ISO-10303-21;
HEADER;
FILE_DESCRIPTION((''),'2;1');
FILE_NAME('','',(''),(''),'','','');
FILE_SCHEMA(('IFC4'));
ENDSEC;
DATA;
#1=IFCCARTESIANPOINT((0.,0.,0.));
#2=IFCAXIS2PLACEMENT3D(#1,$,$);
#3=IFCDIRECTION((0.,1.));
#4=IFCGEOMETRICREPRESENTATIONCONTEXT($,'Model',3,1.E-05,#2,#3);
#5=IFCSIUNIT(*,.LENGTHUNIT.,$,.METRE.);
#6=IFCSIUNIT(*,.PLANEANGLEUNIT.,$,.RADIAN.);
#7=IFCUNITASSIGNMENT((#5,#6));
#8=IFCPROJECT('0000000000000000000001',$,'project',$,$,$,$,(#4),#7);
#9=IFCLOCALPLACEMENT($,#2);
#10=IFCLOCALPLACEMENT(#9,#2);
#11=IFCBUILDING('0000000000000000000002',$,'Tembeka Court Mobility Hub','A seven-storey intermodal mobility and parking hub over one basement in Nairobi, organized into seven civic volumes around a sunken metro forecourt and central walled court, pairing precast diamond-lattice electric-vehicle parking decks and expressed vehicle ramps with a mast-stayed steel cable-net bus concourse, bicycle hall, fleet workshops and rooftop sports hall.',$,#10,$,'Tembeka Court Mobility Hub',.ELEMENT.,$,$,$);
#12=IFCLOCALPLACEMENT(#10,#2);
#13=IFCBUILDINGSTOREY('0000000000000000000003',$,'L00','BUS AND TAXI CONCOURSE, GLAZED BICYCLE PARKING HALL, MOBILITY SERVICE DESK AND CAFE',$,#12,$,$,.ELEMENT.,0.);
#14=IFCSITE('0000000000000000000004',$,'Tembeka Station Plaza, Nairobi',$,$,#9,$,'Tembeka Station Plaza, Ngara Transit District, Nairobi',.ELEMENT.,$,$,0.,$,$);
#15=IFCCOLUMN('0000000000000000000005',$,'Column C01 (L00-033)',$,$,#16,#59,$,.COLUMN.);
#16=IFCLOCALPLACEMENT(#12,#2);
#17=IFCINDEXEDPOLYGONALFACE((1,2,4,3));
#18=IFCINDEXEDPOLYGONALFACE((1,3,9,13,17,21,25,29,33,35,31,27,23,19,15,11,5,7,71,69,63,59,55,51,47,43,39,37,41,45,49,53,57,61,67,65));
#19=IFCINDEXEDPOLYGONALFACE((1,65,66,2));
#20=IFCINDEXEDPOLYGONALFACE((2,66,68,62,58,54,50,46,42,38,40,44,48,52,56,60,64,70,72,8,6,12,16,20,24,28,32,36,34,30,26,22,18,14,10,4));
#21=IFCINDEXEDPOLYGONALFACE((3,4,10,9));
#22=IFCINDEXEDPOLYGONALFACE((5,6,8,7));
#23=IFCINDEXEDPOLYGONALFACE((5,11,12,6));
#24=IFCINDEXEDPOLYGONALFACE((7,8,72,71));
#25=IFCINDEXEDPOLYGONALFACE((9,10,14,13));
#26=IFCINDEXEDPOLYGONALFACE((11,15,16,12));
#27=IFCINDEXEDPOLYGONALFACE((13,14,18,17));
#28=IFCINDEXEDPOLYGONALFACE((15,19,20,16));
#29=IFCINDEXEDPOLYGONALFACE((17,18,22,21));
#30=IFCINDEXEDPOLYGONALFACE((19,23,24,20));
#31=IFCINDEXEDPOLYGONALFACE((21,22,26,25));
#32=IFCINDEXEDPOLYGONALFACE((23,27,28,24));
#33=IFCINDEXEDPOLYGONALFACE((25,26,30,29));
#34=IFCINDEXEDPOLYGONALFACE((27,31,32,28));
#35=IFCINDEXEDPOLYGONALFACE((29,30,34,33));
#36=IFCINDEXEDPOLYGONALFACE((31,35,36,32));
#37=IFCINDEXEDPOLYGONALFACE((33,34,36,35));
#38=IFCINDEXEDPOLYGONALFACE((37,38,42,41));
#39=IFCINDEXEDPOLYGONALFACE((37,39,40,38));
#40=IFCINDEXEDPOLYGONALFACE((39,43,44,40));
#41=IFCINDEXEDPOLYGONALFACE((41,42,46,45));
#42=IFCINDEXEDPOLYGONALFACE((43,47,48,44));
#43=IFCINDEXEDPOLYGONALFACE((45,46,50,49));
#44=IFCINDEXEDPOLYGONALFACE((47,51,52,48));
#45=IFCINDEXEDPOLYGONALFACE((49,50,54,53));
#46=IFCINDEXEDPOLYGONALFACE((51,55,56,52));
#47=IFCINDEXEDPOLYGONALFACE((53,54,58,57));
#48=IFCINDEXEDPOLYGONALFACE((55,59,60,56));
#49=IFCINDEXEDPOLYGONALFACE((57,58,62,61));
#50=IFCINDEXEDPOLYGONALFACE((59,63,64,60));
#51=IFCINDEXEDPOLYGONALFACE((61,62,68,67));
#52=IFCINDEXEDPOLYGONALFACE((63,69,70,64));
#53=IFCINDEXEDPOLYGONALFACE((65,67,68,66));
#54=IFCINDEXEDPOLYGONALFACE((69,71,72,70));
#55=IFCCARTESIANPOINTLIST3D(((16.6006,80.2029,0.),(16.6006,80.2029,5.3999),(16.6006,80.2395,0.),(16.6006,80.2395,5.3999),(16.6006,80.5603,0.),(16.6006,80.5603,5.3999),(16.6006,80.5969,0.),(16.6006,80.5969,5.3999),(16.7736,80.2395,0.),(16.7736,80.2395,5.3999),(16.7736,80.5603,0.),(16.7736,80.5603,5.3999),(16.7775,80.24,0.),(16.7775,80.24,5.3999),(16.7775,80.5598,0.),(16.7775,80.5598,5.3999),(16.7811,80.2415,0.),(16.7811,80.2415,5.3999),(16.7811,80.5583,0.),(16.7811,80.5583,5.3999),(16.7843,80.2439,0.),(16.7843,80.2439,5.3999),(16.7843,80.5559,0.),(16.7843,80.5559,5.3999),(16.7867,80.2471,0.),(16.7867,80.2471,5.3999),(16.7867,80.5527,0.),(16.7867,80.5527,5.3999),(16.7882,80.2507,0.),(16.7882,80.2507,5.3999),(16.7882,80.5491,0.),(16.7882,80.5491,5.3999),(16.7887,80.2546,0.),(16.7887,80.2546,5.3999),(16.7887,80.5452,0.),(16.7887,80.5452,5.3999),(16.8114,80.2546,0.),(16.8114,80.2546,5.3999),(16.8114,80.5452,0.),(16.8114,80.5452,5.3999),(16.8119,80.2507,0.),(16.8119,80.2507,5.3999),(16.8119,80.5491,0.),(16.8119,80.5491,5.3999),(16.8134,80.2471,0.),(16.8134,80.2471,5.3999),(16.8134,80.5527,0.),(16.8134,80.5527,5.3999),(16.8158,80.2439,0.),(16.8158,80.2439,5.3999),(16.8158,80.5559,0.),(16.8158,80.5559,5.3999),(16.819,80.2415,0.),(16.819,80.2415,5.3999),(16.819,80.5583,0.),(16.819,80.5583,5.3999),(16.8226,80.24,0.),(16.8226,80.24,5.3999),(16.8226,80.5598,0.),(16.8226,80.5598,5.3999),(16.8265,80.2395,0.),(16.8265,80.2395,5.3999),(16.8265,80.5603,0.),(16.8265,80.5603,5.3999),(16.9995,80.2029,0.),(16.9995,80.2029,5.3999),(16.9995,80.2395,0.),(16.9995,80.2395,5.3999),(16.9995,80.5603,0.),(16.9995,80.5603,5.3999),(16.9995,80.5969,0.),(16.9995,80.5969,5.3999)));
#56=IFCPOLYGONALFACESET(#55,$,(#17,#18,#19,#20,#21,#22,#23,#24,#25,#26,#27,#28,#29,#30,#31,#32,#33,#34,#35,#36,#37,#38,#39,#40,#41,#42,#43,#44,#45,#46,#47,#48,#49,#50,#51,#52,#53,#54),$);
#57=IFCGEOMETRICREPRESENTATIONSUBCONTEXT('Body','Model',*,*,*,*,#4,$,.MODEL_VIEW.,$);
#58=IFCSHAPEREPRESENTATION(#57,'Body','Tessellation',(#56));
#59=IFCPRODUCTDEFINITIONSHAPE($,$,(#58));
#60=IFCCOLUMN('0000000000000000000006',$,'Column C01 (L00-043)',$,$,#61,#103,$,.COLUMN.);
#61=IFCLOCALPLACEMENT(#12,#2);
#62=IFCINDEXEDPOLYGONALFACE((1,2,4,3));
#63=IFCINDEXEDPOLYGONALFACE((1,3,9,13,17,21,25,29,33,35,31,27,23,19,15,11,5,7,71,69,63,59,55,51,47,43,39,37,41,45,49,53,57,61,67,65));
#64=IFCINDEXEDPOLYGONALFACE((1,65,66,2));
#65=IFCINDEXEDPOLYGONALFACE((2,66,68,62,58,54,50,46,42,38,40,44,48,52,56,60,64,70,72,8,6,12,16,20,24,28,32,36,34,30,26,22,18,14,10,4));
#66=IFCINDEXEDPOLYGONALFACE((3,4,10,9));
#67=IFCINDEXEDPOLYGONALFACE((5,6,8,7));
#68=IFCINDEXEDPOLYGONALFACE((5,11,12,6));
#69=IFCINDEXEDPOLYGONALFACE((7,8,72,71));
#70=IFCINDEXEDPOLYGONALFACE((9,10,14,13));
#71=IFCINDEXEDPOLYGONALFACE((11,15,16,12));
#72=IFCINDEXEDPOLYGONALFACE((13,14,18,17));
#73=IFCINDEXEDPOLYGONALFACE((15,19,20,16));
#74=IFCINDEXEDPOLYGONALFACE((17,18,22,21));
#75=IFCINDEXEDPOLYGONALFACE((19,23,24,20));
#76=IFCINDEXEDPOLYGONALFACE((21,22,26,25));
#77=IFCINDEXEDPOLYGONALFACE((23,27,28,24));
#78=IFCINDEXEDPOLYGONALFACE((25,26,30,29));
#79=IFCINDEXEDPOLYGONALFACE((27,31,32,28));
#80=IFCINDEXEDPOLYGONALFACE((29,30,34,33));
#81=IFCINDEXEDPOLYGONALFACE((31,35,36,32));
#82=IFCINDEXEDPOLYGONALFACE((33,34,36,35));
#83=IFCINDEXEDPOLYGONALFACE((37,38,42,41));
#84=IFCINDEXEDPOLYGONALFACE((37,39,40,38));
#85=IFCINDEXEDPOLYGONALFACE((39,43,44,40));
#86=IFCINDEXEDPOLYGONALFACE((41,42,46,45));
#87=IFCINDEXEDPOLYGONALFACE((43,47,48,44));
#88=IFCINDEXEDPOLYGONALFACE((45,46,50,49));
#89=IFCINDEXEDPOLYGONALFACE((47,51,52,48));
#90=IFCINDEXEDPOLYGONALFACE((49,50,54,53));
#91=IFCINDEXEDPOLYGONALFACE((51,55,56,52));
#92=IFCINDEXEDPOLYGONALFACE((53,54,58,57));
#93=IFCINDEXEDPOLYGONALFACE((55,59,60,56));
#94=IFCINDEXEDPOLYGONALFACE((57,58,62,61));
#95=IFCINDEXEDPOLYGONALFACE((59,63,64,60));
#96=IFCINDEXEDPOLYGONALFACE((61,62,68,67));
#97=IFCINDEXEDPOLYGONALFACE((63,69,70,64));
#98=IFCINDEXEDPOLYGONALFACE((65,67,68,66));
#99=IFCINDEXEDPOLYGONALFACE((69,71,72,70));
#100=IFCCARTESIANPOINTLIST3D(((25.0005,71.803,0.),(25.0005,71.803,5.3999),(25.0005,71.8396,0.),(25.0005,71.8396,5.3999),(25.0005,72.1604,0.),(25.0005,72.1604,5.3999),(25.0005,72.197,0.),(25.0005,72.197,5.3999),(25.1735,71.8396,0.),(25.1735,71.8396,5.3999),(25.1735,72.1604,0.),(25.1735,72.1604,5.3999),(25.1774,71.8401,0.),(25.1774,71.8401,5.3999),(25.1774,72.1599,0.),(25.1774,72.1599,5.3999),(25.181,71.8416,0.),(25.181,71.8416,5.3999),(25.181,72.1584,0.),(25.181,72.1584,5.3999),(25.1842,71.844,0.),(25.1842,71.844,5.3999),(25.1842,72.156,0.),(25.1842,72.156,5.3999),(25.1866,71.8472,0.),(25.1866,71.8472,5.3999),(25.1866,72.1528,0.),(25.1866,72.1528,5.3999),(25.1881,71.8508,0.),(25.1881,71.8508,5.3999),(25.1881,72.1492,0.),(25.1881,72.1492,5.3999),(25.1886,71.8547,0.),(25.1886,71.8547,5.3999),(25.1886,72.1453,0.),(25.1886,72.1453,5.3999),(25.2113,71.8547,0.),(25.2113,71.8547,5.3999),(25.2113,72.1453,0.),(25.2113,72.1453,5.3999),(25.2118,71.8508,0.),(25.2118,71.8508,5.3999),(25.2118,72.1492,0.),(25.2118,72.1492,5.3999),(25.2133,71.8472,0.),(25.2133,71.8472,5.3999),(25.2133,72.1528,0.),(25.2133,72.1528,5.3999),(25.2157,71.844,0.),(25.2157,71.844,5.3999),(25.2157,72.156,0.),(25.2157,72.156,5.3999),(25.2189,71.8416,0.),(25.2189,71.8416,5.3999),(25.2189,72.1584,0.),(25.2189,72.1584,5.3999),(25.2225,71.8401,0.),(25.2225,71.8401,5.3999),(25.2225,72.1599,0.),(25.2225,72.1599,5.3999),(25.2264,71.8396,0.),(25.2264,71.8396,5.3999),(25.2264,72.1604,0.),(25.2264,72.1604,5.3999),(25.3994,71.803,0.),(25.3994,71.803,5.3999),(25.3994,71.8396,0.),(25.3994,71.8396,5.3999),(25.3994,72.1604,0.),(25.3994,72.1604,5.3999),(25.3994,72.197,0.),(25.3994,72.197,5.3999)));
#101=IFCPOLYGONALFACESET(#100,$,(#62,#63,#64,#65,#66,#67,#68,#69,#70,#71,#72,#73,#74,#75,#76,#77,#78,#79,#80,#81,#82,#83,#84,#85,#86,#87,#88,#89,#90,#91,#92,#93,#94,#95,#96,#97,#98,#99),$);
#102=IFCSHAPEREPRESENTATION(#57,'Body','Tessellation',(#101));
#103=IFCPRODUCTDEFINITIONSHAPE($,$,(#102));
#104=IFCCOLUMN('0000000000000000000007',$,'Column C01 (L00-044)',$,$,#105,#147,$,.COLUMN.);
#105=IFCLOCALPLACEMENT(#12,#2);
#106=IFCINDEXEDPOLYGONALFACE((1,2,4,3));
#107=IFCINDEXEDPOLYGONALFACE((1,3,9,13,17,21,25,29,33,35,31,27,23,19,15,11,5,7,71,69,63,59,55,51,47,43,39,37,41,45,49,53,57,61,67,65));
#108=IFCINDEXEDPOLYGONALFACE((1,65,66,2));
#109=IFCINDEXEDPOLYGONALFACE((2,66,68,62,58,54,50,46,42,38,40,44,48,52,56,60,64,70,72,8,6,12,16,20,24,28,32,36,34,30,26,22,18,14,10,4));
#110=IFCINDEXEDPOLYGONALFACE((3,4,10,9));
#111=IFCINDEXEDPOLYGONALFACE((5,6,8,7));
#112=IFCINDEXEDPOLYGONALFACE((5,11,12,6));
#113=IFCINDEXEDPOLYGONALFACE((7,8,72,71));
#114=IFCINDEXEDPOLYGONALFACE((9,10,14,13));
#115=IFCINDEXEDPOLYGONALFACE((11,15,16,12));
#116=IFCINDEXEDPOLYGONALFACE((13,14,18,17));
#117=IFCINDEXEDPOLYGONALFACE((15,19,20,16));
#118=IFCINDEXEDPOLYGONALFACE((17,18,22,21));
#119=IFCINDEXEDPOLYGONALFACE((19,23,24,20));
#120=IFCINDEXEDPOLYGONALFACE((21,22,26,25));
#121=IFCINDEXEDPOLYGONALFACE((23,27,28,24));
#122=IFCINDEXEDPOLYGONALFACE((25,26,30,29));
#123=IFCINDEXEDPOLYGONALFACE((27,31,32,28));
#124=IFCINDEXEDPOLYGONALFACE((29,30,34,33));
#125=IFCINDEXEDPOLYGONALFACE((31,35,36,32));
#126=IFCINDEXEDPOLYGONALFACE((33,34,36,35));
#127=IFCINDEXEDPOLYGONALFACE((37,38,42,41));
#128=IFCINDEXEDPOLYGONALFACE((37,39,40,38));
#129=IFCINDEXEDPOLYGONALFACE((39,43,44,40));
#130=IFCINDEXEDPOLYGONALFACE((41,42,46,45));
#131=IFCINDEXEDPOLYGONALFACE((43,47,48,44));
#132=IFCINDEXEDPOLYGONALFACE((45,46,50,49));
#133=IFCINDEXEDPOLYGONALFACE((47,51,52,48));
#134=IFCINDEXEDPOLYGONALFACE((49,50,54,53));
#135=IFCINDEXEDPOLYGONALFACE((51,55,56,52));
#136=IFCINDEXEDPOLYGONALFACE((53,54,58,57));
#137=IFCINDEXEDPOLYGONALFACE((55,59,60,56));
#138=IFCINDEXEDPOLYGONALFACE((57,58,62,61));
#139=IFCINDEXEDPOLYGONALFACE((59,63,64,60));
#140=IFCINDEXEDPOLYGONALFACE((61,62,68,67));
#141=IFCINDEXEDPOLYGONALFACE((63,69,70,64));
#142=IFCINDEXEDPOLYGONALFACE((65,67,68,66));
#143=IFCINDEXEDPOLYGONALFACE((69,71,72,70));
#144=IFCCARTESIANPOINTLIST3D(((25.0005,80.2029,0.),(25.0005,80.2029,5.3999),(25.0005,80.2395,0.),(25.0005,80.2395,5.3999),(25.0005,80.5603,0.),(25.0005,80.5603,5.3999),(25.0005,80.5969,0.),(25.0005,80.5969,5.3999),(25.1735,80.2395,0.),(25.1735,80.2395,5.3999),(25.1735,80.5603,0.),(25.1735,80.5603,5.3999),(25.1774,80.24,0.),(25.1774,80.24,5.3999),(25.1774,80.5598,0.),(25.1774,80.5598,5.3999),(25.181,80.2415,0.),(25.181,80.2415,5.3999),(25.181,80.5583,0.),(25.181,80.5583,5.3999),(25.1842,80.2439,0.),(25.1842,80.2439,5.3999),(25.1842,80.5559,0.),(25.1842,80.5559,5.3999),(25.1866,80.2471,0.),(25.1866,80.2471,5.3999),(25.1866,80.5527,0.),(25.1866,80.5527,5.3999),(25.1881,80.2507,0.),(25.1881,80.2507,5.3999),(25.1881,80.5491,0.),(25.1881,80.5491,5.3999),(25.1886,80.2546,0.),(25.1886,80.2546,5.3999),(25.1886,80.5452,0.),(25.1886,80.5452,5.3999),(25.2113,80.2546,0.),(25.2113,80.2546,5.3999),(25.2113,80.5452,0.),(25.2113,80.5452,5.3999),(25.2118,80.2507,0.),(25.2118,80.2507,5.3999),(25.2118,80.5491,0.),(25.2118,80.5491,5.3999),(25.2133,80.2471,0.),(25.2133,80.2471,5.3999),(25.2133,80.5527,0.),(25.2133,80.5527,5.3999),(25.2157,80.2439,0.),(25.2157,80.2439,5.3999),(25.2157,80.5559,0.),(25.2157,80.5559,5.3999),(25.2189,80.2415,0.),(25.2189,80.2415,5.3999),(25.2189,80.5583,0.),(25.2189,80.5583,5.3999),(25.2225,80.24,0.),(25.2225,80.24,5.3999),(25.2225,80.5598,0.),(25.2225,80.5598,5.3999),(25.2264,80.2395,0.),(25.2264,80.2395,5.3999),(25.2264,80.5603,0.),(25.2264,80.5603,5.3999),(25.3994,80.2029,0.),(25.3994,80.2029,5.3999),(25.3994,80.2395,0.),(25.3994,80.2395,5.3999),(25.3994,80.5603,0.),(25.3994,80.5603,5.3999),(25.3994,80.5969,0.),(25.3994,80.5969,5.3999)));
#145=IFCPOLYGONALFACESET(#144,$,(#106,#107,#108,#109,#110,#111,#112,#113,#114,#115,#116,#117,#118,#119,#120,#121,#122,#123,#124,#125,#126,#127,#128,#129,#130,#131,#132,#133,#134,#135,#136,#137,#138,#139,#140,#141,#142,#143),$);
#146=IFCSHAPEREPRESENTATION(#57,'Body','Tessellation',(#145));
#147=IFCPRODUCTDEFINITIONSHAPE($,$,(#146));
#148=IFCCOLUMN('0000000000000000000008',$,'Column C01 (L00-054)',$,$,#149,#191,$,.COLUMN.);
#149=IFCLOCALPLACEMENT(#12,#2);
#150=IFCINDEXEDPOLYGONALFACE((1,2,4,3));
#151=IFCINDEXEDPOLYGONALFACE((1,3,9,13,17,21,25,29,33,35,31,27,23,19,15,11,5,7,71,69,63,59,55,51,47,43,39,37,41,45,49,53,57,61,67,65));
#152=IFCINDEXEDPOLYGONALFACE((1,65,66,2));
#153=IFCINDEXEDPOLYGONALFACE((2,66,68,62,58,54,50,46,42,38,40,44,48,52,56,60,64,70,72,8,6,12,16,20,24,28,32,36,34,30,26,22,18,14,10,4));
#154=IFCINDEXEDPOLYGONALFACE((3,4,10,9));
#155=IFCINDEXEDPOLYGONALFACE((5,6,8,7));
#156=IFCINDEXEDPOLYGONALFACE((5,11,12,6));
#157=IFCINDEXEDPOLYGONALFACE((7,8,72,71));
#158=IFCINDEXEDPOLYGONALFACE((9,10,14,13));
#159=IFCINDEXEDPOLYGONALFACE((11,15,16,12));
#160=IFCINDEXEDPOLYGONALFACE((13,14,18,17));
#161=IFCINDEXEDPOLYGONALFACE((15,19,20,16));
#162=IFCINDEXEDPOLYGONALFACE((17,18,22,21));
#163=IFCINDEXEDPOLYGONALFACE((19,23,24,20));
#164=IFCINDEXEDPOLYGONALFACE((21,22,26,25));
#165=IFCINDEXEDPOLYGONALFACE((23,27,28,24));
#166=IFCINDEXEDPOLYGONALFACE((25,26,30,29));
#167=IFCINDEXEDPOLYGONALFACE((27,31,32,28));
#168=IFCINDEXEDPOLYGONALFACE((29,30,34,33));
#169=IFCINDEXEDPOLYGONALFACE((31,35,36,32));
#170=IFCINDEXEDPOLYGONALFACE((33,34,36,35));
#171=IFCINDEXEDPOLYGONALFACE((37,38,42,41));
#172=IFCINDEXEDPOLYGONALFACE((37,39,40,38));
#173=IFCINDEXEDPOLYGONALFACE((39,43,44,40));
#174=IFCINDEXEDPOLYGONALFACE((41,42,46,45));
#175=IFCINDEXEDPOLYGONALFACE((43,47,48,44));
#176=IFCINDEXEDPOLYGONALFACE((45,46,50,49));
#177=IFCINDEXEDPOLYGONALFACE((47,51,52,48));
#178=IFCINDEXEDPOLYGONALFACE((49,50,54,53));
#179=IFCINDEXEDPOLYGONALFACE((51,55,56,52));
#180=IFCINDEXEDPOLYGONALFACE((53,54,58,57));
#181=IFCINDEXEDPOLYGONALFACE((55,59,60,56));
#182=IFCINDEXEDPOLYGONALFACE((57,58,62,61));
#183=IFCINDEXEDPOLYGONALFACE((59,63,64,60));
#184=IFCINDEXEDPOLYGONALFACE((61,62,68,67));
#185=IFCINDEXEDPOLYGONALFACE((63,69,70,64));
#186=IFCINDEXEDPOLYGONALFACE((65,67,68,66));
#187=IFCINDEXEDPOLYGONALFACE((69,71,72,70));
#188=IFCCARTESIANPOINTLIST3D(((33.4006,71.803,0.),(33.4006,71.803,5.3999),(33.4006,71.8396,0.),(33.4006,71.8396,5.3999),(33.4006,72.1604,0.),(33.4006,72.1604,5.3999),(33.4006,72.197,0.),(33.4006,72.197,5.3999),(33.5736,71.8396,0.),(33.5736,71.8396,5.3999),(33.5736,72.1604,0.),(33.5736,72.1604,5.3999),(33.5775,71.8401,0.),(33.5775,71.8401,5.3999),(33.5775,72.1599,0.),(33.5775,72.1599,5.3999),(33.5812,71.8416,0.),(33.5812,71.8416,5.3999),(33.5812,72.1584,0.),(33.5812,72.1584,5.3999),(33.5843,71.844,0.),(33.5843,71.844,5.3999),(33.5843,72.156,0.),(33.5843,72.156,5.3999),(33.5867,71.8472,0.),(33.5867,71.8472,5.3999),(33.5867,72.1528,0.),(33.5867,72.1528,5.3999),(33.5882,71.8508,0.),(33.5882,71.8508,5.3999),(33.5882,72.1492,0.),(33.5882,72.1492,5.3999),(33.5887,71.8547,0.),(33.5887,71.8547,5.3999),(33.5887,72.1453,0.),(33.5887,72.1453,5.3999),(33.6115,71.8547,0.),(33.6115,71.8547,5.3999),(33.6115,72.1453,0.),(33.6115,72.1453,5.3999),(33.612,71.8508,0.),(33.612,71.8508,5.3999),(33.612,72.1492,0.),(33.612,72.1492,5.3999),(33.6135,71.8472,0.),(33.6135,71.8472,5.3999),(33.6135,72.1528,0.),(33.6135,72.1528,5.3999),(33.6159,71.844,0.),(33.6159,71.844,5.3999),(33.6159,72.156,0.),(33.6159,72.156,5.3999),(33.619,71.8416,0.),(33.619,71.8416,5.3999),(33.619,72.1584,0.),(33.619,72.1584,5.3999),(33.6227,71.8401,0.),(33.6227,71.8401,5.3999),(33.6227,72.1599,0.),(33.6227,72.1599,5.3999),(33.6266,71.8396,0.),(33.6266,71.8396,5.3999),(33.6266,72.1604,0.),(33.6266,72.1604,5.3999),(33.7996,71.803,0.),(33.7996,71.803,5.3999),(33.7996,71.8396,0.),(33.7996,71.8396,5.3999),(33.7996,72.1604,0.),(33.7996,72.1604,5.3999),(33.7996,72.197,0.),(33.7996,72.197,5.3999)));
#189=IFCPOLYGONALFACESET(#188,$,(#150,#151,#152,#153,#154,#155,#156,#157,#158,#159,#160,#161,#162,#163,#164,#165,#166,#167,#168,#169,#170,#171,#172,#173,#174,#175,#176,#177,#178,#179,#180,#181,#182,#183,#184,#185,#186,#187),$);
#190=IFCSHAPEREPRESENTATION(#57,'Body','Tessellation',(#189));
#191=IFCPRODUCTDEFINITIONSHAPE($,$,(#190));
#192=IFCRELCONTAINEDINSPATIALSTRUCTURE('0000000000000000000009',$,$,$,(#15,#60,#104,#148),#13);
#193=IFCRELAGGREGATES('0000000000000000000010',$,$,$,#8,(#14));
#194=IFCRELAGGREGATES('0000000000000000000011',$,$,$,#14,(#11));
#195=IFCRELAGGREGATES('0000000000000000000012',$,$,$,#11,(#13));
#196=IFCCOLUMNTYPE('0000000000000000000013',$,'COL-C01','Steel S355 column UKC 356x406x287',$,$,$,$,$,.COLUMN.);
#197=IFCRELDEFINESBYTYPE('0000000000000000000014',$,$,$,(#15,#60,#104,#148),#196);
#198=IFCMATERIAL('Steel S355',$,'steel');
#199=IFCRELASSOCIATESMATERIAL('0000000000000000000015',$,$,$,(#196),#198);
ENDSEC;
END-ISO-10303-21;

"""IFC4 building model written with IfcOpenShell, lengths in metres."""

from ifc_helpers import new_model, si_unit, direction, frame, origin, origin_2d, place, context, subcontext, project, spatial, i_section, extrude, material, material_profile, profile_set, type_object, element, save


model = new_model("IFC4")

# Units and contexts
model_context = context("Model", 3, precision=1e-05, world=origin(), true_north=direction((0.0, 1.0)))
body_context = subcontext(model_context, "Body", "Model", "MODEL_VIEW")
ifc_project = project(units=[si_unit("LENGTHUNIT", "METRE"), si_unit("PLANEANGLEUNIT", "RADIAN")], contexts=[model_context])

# Site, building, storey
site_placement = place(None, origin())
site = spatial("IfcSite", under=ifc_project, at=site_placement, Name="Tembeka Station Plaza, Nairobi", LongName="Tembeka Station Plaza, Ngara Transit District, Nairobi", CompositionType="ELEMENT", RefElevation=0.0)
building_placement = place(site_placement, origin())
building = spatial("IfcBuilding", under=site, at=building_placement, Name="Tembeka Court Mobility Hub", Description="A seven-storey intermodal mobility and parking hub over one basement in Nairobi, organized into seven civic volumes around a sunken metro forecourt and central walled court, pairing precast diamond-lattice electric-vehicle parking decks and expressed vehicle ramps with a mast-stayed steel cable-net bus concourse, bicycle hall, fleet workshops and rooftop sports hall.", LongName="Tembeka Court Mobility Hub", CompositionType="ELEMENT")
storey_placement = place(building_placement, origin())
storey = spatial("IfcBuildingStorey", under=building, at=storey_placement, Name="L00", Description="BUS AND TAXI CONCOURSE, GLAZED BICYCLE PARKING HALL, MOBILITY SERVICE DESK AND CAFE", CompositionType="ELEMENT", Elevation=0.0)

# Columns
ifc_material = material(Name="Steel S355", Category="steel")
ifc_material_profile_1 = material_profile(ifc_material, i_section(OverallWidth=0.3989, OverallDepth=0.394, WebThickness=0.0227, FlangeThickness=0.0366, FilletRadius=0.0151, at=origin_2d()), Name="UKC 356x406x287")
ifc_profile_set_1 = profile_set([ifc_material_profile_1], Name="Steel S355")
column_type = type_object("IfcColumnType", Name="COL-C01", Description="Steel S355 column UKC 356x406x287", PredefinedType="COLUMN", material=ifc_profile_set_1)
for number, where, z_axis, x_axis, name in (
    (1, (16.8, 80.3999, 0.0), (0.0, 0.0, 1.0), (1.0, 0.0, 0.0), "Column C01 (L00-033)"),
    (2, (25.2, 72.0, 0.0), (0.0, 0.0, 1.0), (1.0, 0.0, 0.0), "Column C01 (L00-043)"),
    (3, (25.2, 80.3999, 0.0), (0.0, 0.0, 1.0), (1.0, 0.0, 0.0), "Column C01 (L00-044)"),
    (4, (33.6001, 72.0, 0.0), (0.0, 0.0, 1.0), (1.0, 0.0, 0.0), "Column C01 (L00-054)"),
):
    element("IfcColumn", number, at=place(storey_placement, frame(where, z_axis=z_axis, x_axis=x_axis)), inside=storey, type_object=column_type, Name=name, PredefinedType="COLUMN", context=body_context, shape_type="SweptSolid", body=[
        extrude(i_section(OverallWidth=0.3989, OverallDepth=0.394, WebThickness=0.0227, FlangeThickness=0.0366, FilletRadius=0.0151, at=origin_2d()), origin(), (0.0, 0.0, 1.0), 5.3999),
    ])

save(model, "model.ifc")
